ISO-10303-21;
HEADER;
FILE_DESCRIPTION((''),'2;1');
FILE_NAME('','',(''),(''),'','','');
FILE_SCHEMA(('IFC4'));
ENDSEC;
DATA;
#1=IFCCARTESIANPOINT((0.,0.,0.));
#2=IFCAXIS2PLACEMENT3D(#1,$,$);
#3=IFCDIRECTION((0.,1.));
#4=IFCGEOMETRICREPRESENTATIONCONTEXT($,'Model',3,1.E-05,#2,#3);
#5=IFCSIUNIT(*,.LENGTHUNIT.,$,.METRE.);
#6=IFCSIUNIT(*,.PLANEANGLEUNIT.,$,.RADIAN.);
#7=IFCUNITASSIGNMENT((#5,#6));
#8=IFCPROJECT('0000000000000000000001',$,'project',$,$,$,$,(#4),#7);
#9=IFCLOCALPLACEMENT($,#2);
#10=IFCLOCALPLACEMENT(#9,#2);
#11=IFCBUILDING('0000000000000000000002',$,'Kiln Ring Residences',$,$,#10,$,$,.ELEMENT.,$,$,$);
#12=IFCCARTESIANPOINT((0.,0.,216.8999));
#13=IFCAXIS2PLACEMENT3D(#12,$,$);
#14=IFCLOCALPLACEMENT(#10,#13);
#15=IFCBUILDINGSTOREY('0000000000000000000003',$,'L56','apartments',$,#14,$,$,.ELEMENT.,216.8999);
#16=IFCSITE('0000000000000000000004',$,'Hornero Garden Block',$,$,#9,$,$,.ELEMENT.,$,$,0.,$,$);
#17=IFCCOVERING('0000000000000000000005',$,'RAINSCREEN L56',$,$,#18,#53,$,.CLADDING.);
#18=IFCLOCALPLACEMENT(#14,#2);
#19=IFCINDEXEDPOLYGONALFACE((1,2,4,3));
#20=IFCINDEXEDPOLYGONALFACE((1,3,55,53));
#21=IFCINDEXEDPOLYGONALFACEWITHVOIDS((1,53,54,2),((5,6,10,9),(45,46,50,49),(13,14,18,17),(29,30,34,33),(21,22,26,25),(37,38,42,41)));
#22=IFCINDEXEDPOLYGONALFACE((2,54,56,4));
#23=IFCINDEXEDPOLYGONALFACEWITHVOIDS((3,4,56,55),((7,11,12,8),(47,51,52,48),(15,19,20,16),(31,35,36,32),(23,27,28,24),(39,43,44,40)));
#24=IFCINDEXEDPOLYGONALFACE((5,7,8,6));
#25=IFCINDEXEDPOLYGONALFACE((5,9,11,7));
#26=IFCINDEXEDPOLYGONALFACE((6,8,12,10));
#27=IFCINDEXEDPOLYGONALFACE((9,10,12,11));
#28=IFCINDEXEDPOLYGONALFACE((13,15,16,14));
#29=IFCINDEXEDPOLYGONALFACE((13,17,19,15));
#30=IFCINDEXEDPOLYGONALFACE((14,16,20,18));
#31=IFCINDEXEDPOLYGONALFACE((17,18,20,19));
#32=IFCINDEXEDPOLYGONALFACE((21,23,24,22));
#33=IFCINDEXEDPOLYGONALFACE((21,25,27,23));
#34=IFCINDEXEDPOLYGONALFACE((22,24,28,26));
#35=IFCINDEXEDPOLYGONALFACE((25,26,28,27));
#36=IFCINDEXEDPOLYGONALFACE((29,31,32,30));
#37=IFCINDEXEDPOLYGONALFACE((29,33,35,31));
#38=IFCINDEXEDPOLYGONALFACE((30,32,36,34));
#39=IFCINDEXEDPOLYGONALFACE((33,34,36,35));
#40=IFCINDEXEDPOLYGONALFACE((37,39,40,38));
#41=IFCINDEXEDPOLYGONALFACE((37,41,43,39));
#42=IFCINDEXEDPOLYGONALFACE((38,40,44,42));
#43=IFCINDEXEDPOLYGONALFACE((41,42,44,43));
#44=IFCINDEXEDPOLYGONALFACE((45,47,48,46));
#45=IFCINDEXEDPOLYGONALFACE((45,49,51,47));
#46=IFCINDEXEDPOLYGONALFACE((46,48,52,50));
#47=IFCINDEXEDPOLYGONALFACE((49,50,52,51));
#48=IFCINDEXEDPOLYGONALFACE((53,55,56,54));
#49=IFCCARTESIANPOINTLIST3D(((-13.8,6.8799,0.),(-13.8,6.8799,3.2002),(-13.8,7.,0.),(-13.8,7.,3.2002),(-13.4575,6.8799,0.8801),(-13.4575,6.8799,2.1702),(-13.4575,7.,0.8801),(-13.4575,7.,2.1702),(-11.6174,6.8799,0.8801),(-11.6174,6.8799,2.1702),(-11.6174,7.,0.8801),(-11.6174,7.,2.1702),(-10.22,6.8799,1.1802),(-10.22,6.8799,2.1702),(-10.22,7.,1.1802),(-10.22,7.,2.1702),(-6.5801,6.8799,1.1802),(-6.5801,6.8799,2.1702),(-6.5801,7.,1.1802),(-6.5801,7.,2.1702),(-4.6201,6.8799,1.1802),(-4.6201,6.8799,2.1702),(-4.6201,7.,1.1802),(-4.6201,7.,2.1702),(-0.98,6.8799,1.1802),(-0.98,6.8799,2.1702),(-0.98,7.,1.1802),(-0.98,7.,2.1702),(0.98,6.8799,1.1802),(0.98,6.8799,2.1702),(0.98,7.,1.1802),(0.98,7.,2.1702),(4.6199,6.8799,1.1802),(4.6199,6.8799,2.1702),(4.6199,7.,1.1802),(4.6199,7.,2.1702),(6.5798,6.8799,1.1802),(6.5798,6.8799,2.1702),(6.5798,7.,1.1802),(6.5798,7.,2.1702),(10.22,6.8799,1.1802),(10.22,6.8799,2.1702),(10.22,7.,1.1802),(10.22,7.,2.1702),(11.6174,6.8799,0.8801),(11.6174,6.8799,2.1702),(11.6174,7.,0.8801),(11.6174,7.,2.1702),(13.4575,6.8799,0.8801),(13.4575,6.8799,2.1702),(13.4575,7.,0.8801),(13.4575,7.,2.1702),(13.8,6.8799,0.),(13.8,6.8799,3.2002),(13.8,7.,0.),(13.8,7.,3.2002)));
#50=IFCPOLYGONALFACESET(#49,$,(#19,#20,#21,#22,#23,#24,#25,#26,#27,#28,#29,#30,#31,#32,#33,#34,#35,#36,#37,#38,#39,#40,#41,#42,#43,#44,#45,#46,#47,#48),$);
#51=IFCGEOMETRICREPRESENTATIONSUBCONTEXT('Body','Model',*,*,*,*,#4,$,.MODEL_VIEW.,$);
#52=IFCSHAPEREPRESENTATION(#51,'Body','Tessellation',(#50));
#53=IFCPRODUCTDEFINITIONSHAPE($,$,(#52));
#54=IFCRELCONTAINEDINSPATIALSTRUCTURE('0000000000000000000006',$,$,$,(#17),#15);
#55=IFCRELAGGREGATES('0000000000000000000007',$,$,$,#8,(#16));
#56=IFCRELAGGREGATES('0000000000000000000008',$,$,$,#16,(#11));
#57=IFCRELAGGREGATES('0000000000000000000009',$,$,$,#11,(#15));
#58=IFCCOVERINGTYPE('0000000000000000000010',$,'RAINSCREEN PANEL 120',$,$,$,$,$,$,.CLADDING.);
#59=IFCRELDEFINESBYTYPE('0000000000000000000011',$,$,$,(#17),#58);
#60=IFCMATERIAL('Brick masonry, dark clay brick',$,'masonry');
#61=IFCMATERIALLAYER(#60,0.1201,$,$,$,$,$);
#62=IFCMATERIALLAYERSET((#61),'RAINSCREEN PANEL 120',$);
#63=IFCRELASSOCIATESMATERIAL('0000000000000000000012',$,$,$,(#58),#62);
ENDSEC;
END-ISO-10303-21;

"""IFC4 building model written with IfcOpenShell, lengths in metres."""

from ifc_helpers import new_model, si_unit, direction, frame, origin, place, context, subcontext, project, spatial, polyline, outline, extrude, material, layer, layer_set, type_object, element, save


model = new_model("IFC4")

# Units and contexts
model_context = context("Model", 3, precision=1e-05, world=origin(), true_north=direction((0.0, 1.0)))
body_context = subcontext(model_context, "Body", "Model", "MODEL_VIEW")
ifc_project = project(units=[si_unit("LENGTHUNIT", "METRE"), si_unit("PLANEANGLEUNIT", "RADIAN")], contexts=[model_context])

# Site, building, storey
site_placement = place(None, origin())
site = spatial("IfcSite", under=ifc_project, at=site_placement, Name="Hornero Garden Block", CompositionType="ELEMENT", RefElevation=0.0)
building_placement = place(site_placement, origin())
building = spatial("IfcBuilding", under=site, at=building_placement, Name="Kiln Ring Residences", CompositionType="ELEMENT")
storey_placement = place(building_placement, frame((0.0, 0.0, 216.8999)))
storey = spatial("IfcBuildingStorey", under=building, at=storey_placement, Name="L56", Description="apartments", CompositionType="ELEMENT", Elevation=216.8999)

# Covering
ifc_material_1 = material(Name="Brick masonry, dark clay brick", Category="masonry")
ifc_layer_1 = layer(ifc_material_1, 0.1201)
ifc_layer_set_1 = layer_set([ifc_layer_1], Name="RAINSCREEN PANEL 120")
covering_type = type_object("IfcCoveringType", Name="RAINSCREEN PANEL 120", PredefinedType="CLADDING", material=ifc_layer_set_1)
covering_placement = place(storey_placement, frame((-13.8, 6.9399, 0.0), z_axis=(0.0, 0.0, 1.0), x_axis=(1.0, 0.0, 0.0)))
element("IfcCovering", 1, at=covering_placement, inside=storey, type_object=covering_type, Name="RAINSCREEN L56", PredefinedType="CLADDING", context=body_context, shape_type="SweptSolid", body=[
    extrude(outline(polyline([(0.0, 0.0), (27.6001, 0.0), (27.6001, 3.2002), (0.0, 3.2002), (0.0, 0.0)]), holes=[polyline([(2.1826, 0.8801), (2.1826, 2.1702), (0.3425, 2.1702), (0.3425, 0.8801), (2.1826, 0.8801)]), polyline([(25.4175, 0.8801), (27.2576, 0.8801), (27.2576, 2.1702), (25.4175, 2.1702), (25.4175, 0.8801)]), polyline([(3.5801, 1.1802), (7.22, 1.1802), (7.22, 2.1702), (3.5801, 2.1702), (3.5801, 1.1802)]), polyline([(12.8201, 1.1802), (12.8201, 2.1702), (9.1799, 2.1702), (9.1799, 1.1802), (12.8201, 1.1802)]), polyline([(14.78, 1.1802), (18.4199, 1.1802), (18.4199, 2.1702), (14.78, 2.1702), (14.78, 1.1802)]), polyline([(20.3799, 1.1802), (24.02, 1.1802), (24.02, 2.1702), (20.3799, 2.1702), (20.3799, 1.1802)])]), frame((0.0, 0.0601, 0.0), z_axis=(0.0, -1.0, 0.0), x_axis=(1.0, 0.0, 0.0)), (0.0, 0.0, 1.0), 0.1201),
])

save(model, "model.ifc")
